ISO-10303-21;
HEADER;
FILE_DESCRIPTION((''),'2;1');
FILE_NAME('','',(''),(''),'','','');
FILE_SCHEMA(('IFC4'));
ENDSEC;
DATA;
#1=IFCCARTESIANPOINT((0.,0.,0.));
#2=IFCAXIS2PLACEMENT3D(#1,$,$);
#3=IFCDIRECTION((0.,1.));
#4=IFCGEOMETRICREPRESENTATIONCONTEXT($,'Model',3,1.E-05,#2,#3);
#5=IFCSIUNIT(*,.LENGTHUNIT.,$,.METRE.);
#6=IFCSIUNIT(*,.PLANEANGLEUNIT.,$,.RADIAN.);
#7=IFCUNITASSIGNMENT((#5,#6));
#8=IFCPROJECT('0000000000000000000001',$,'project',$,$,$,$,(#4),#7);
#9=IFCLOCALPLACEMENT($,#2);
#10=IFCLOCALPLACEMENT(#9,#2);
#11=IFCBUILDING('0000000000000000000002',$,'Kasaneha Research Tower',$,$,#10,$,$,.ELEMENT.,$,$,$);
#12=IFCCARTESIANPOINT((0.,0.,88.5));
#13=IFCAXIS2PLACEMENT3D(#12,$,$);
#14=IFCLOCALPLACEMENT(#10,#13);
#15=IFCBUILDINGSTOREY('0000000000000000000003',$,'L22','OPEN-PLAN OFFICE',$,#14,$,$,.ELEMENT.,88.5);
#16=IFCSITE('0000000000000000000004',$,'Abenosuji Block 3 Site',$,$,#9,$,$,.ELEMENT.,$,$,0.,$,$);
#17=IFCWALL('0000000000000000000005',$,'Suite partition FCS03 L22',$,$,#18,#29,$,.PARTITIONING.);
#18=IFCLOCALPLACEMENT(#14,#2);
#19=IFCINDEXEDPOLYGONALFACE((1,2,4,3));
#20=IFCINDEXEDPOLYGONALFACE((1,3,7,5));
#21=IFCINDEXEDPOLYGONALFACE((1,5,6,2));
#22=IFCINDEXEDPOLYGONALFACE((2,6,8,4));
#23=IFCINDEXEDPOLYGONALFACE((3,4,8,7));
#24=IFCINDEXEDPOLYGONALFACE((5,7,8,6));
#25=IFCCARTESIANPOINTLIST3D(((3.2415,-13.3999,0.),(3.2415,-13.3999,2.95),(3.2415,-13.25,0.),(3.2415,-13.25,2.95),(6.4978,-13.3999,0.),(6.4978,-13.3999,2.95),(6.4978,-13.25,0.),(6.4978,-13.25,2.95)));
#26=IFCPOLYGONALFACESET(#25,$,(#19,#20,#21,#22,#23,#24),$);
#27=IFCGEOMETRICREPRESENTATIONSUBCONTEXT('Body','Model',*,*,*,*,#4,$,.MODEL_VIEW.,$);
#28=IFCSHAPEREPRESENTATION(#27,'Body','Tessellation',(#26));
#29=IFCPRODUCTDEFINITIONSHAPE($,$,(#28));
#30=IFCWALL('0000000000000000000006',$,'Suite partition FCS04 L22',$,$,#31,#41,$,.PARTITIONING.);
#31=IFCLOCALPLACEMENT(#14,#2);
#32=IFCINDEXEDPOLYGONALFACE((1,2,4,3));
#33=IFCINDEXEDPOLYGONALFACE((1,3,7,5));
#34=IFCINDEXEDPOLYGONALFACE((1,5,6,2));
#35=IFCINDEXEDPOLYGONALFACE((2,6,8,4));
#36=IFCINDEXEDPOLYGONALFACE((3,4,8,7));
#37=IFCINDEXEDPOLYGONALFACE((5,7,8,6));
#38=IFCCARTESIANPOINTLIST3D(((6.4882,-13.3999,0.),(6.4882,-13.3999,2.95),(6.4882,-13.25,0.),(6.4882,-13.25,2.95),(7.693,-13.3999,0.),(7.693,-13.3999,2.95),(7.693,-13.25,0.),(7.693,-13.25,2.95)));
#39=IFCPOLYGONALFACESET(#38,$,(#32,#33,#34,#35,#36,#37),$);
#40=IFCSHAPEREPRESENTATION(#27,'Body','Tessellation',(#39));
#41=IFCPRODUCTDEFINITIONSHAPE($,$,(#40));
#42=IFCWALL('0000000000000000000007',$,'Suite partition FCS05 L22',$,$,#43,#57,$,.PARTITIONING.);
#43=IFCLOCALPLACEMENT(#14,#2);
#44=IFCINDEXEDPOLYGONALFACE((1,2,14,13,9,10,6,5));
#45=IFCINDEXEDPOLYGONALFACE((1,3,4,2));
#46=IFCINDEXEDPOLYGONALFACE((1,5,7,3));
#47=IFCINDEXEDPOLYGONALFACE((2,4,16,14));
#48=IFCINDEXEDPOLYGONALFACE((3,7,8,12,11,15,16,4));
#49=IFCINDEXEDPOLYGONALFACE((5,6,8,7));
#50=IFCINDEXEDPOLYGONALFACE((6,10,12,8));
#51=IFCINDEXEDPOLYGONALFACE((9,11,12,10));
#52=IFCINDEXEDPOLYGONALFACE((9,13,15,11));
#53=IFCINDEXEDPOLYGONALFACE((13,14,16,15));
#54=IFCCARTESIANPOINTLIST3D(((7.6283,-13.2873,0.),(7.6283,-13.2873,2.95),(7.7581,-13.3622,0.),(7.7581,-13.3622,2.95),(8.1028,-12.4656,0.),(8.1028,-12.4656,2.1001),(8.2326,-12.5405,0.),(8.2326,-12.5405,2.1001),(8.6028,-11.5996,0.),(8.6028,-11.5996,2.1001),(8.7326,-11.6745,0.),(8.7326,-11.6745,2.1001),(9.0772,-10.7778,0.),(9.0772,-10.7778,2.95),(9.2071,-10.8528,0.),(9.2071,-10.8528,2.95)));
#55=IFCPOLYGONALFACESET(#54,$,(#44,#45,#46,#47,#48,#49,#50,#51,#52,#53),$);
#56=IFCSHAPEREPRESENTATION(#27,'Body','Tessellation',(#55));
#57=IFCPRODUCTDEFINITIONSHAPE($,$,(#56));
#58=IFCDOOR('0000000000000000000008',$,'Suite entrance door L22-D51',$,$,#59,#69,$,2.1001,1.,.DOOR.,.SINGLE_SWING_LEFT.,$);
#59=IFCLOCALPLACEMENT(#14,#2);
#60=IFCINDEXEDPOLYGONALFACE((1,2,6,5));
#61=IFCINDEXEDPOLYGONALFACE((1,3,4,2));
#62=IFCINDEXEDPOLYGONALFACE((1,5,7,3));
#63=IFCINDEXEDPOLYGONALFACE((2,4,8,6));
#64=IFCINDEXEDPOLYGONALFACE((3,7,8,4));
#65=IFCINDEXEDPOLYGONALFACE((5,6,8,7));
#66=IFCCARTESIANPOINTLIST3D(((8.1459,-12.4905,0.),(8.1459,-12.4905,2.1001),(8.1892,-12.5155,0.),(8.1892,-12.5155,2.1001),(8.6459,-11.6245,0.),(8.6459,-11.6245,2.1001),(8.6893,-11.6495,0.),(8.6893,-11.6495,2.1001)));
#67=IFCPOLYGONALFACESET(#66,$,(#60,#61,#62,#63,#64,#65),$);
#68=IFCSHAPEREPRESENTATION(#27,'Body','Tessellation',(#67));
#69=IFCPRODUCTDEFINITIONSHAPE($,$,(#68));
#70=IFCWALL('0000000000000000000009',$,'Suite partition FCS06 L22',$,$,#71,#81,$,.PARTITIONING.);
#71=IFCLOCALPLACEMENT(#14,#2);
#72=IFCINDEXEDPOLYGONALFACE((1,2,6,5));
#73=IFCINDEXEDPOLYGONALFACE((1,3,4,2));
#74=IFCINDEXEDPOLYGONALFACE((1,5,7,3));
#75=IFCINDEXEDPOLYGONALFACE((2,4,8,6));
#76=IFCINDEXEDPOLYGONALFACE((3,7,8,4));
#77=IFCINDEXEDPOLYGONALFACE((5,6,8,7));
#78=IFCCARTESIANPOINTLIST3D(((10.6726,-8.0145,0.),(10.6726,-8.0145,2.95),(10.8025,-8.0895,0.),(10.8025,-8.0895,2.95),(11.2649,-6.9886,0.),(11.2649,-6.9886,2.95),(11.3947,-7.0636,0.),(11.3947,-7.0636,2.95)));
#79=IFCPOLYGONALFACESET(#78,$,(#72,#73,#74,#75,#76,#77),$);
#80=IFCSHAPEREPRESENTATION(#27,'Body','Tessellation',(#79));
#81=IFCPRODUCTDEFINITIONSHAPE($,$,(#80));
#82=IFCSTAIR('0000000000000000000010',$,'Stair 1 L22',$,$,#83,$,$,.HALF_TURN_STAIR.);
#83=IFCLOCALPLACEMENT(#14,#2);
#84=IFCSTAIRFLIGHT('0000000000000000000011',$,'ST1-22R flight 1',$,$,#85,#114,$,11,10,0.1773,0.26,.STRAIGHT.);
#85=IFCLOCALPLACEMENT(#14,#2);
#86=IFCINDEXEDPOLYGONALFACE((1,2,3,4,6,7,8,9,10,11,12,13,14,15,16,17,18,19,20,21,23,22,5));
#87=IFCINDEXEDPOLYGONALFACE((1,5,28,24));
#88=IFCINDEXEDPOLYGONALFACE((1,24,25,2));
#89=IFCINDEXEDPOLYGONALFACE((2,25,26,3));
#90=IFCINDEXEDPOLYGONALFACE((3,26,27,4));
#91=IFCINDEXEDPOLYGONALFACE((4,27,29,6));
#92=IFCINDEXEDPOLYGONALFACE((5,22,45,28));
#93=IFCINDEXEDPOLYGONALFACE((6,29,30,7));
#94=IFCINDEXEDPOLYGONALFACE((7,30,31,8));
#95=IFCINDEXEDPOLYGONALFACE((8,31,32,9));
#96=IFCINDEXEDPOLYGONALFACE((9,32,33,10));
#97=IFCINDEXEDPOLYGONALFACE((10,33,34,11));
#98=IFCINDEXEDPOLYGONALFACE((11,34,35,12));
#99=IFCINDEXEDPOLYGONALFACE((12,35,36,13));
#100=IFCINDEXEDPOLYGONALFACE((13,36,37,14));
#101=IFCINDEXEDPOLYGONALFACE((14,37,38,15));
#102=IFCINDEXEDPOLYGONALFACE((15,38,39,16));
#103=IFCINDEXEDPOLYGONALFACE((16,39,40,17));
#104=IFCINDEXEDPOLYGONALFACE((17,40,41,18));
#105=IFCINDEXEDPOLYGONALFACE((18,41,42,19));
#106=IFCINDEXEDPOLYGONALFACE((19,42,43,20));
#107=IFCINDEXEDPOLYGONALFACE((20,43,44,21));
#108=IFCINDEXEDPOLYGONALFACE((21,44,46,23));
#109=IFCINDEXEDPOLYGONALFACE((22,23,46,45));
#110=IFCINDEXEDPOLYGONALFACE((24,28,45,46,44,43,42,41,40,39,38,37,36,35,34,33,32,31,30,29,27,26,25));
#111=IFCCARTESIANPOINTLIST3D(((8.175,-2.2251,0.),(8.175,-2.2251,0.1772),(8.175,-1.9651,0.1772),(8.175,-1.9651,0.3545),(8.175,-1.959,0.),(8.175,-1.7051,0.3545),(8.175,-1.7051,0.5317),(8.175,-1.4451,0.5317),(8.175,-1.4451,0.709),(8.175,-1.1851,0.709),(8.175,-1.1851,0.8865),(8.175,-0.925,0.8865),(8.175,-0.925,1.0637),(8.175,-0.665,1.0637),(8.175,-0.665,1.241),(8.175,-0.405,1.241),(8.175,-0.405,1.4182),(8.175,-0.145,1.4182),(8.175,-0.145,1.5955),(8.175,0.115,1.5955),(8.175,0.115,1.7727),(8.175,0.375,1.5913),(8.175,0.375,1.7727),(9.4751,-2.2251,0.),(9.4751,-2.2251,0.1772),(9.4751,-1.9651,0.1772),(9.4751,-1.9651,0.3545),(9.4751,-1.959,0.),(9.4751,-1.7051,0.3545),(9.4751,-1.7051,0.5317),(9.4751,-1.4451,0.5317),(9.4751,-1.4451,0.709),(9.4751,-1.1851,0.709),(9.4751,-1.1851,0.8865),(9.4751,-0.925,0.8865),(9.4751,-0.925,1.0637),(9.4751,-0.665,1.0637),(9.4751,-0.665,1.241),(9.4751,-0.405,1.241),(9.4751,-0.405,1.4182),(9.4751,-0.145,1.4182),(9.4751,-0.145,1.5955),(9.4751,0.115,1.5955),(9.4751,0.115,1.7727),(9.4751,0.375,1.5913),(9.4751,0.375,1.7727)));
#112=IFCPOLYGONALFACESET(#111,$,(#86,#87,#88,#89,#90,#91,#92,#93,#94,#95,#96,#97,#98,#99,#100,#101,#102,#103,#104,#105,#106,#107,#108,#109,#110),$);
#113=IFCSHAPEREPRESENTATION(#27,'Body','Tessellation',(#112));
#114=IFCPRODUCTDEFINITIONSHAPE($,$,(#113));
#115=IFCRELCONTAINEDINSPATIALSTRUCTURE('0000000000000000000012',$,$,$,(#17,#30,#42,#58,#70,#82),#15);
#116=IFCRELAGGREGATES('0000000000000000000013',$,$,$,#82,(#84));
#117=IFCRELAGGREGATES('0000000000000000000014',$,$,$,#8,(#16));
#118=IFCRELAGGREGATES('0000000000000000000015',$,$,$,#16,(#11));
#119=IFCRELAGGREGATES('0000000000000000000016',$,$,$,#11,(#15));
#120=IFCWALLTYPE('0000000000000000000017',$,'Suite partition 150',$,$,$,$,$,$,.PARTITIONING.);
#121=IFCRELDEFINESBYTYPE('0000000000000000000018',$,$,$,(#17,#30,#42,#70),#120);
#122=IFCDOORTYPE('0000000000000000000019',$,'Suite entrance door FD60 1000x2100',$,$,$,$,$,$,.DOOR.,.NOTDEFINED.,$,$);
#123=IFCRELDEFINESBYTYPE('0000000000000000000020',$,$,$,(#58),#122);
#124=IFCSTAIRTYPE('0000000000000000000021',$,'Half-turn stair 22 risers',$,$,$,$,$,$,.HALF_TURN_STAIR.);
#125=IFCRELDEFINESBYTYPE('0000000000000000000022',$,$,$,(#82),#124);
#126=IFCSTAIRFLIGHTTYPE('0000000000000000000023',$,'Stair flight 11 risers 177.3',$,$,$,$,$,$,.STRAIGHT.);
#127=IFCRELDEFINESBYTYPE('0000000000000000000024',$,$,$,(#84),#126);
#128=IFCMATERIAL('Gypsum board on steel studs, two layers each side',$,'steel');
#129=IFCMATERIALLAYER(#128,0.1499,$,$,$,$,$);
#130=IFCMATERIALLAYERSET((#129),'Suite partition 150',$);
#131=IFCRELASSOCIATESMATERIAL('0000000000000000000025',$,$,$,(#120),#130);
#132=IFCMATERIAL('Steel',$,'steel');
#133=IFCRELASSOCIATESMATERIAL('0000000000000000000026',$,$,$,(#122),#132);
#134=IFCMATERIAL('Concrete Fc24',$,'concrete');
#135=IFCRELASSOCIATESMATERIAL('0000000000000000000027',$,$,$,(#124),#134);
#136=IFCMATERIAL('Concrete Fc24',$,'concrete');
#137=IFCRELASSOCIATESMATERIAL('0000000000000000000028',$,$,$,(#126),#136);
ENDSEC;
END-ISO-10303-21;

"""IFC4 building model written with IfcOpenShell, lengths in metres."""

from ifc_helpers import new_model, si_unit, direction, frame, frame_2d, origin, place, context, subcontext, project, spatial, polyline, rectangle, outline, extrude, material, layer, layer_set, type_object, element, fill, aggregate, save


model = new_model("IFC4")

# Units and contexts
model_context = context("Model", 3, precision=1e-05, world=origin(), true_north=direction((0.0, 1.0)))
body_context = subcontext(model_context, "Body", "Model", "MODEL_VIEW")
ifc_project = project(units=[si_unit("LENGTHUNIT", "METRE"), si_unit("PLANEANGLEUNIT", "RADIAN")], contexts=[model_context])

# Site, building, storey
site_placement = place(None, origin())
site = spatial("IfcSite", under=ifc_project, at=site_placement, Name="Abenosuji Block 3 Site", CompositionType="ELEMENT", RefElevation=0.0)
building_placement = place(site_placement, origin())
building = spatial("IfcBuilding", under=site, at=building_placement, Name="Kasaneha Research Tower", CompositionType="ELEMENT")
storey_placement = place(building_placement, frame((0.0, 0.0, 88.5)))
storey = spatial("IfcBuildingStorey", under=building, at=storey_placement, Name="L22", Description="OPEN-PLAN OFFICE", CompositionType="ELEMENT", Elevation=88.5)

# Shared definitions
ifc_material_1 = material(Name="Gypsum board on steel studs, two layers each side", Category="steel")
ifc_layer_1 = layer(ifc_material_1, 0.1499)
ifc_layer_set_1 = layer_set([ifc_layer_1], Name="Suite partition 150")
wall_type_1 = type_object("IfcWallType", Name="Suite partition 150", PredefinedType="PARTITIONING", material=ifc_layer_set_1)
ifc_material_2 = material(Name="Steel", Category="steel")
door_type_1 = type_object("IfcDoorType", Name="Suite entrance door FD60 1000x2100", OperationType="NOTDEFINED", PredefinedType="DOOR", material=ifc_material_2)

# Walls
wall_1_placement = place(storey_placement, frame((6.4978, -13.325, 0.0), z_axis=(0.0, 0.0, 1.0), x_axis=(-1.0, 0.0, 0.0)))
element("IfcWall", 1, at=wall_1_placement, inside=storey, type_object=wall_type_1, Name="Suite partition FCS03 L22", PredefinedType="PARTITIONING", context=body_context, shape_type="SweptSolid", body=[
    extrude(rectangle(XDim=3.2563, YDim=0.1499, at=frame_2d((1.6282, 0.0))), origin(), (0.0, 0.0, 1.0), 2.95),
])
wall_2_placement = place(storey_placement, frame((7.6931, -13.325, 0.0), z_axis=(0.0, 0.0, 1.0), x_axis=(-1.0, 0.0, 0.0)))
element("IfcWall", 2, at=wall_2_placement, inside=storey, type_object=wall_type_1, Name="Suite partition FCS04 L22", PredefinedType="PARTITIONING", context=body_context, shape_type="SweptSolid", body=[
    extrude(rectangle(XDim=1.2048, YDim=0.1499, at=frame_2d((0.6025, 0.0))), origin(), (0.0, 0.0, 1.0), 2.95),
])

# Wall, opening, door
wall_3_placement = place(storey_placement, frame((9.1421, -10.8154, 0.0), z_axis=(0.0, 0.0, 1.0), x_axis=(-0.500026, -0.86601, 0.0)))
wall_3 = element("IfcWall", 3, at=wall_3_placement, inside=storey, type_object=wall_type_1, Name="Suite partition FCS05 L22", PredefinedType="PARTITIONING", context=body_context, shape_type="SweptSolid", body=[
    extrude(rectangle(XDim=2.8977, YDim=0.1499, at=frame_2d((1.4487, 0.0))), origin(), (0.0, 0.0, 1.0), 2.95),
])
opening_1_placement = place(wall_3_placement, frame((0.9487, 0.0, 0.0)))
opening_1 = element("IfcOpeningElement", 4, at=opening_1_placement, cuts=wall_3, PredefinedType="OPENING", context=body_context, shape_type="SweptSolid", body=[
    extrude(rectangle(XDim=1.0, YDim=2.1001, at=frame_2d((0.5, 1.05))), frame((0.0, 0.085, 0.0), z_axis=(0.0, -1.0, 0.0), x_axis=(1.0, 0.0, 0.0)), (0.0, 0.0, 1.0), 0.1699),
])
door_1_placement = place(opening_1_placement, origin())
door_1 = element("IfcDoor", 5, at=door_1_placement, inside=storey, type_object=door_type_1, Name="Suite entrance door L22-D51", OperationType="SINGLE_SWING_LEFT", OverallHeight=2.1001, OverallWidth=1.0, PredefinedType="DOOR", context=body_context, shape_type="SweptSolid", body=[
    extrude(rectangle(XDim=1.0, YDim=2.1001, at=frame_2d((0.5, 1.05))), frame((0.0, 0.0249, 0.0), z_axis=(0.0, -1.0, 0.0), x_axis=(1.0, 0.0, 0.0)), (0.0, 0.0, 1.0), 0.05),
])
fill(opening_1, door_1)

# Wall
wall_4_placement = place(storey_placement, frame((11.3298, -7.0261, 0.0), z_axis=(0.0, 0.0, 1.0), x_axis=(-0.499996, -0.866028, 0.0)))
element("IfcWall", 6, at=wall_4_placement, inside=storey, type_object=wall_type_1, Name="Suite partition FCS06 L22", PredefinedType="PARTITIONING", context=body_context, shape_type="SweptSolid", body=[
    extrude(rectangle(XDim=1.1846, YDim=0.1499, at=frame_2d((0.5923, 0.0))), origin(), (0.0, 0.0, 1.0), 2.95),
])

# Stair, stair flight
ifc_material_3 = material(Name="Concrete Fc24", Category="concrete")
stair_type = type_object("IfcStairType", Name="Half-turn stair 22 risers", PredefinedType="HALF_TURN_STAIR", material=ifc_material_3)
stair_placement = place(storey_placement, origin())
stair = element("IfcStair", 7, at=stair_placement, inside=storey, type_object=stair_type, Name="Stair 1 L22", PredefinedType="HALF_TURN_STAIR")
ifc_material_4 = material(Name="Concrete Fc24", Category="concrete")
stair_flight_type = type_object("IfcStairFlightType", Name="Stair flight 11 risers 177.3", PredefinedType="STRAIGHT", material=ifc_material_4)
stair_flight_placement = place(storey_placement, frame((8.825, -2.2251, 0.0), z_axis=(0.0, 0.0, 1.0), x_axis=(0.0, 1.0, 0.0)))
stair_flight = element("IfcStairFlight", 8, at=stair_flight_placement, type_object=stair_flight_type, Name="ST1-22R flight 1", NumberOfRisers=11, NumberOfTreads=10, PredefinedType="STRAIGHT", RiserHeight=0.1773, TreadLength=0.26, context=body_context, shape_type="SweptSolid", body=[
    extrude(outline(polyline([(0.0, 0.0), (0.0, 0.1772), (0.26, 0.1772), (0.26, 0.3545), (0.52, 0.3545), (0.52, 0.5317), (0.78, 0.5317), (0.78, 0.709), (1.04, 0.709), (1.04, 0.8865), (1.3, 0.8865), (1.3, 1.0637), (1.5601, 1.0637), (1.5601, 1.241), (1.8201, 1.241), (1.8201, 1.4182), (2.0801, 1.4182), (2.0801, 1.5955), (2.3401, 1.5955), (2.3401, 1.7727), (2.6001, 1.7727), (2.6001, 1.95), (2.6001, 1.5913), (0.2661, 0.0), (0.0, 0.0)])), frame((0.0, 0.6499, 0.0), z_axis=(0.0, -1.0, 0.0), x_axis=(1.0, 0.0, 0.0)), (0.0, 0.0, 1.0), 1.3),
])
aggregate(stair, [stair_flight])

save(model, "model.ifc")
